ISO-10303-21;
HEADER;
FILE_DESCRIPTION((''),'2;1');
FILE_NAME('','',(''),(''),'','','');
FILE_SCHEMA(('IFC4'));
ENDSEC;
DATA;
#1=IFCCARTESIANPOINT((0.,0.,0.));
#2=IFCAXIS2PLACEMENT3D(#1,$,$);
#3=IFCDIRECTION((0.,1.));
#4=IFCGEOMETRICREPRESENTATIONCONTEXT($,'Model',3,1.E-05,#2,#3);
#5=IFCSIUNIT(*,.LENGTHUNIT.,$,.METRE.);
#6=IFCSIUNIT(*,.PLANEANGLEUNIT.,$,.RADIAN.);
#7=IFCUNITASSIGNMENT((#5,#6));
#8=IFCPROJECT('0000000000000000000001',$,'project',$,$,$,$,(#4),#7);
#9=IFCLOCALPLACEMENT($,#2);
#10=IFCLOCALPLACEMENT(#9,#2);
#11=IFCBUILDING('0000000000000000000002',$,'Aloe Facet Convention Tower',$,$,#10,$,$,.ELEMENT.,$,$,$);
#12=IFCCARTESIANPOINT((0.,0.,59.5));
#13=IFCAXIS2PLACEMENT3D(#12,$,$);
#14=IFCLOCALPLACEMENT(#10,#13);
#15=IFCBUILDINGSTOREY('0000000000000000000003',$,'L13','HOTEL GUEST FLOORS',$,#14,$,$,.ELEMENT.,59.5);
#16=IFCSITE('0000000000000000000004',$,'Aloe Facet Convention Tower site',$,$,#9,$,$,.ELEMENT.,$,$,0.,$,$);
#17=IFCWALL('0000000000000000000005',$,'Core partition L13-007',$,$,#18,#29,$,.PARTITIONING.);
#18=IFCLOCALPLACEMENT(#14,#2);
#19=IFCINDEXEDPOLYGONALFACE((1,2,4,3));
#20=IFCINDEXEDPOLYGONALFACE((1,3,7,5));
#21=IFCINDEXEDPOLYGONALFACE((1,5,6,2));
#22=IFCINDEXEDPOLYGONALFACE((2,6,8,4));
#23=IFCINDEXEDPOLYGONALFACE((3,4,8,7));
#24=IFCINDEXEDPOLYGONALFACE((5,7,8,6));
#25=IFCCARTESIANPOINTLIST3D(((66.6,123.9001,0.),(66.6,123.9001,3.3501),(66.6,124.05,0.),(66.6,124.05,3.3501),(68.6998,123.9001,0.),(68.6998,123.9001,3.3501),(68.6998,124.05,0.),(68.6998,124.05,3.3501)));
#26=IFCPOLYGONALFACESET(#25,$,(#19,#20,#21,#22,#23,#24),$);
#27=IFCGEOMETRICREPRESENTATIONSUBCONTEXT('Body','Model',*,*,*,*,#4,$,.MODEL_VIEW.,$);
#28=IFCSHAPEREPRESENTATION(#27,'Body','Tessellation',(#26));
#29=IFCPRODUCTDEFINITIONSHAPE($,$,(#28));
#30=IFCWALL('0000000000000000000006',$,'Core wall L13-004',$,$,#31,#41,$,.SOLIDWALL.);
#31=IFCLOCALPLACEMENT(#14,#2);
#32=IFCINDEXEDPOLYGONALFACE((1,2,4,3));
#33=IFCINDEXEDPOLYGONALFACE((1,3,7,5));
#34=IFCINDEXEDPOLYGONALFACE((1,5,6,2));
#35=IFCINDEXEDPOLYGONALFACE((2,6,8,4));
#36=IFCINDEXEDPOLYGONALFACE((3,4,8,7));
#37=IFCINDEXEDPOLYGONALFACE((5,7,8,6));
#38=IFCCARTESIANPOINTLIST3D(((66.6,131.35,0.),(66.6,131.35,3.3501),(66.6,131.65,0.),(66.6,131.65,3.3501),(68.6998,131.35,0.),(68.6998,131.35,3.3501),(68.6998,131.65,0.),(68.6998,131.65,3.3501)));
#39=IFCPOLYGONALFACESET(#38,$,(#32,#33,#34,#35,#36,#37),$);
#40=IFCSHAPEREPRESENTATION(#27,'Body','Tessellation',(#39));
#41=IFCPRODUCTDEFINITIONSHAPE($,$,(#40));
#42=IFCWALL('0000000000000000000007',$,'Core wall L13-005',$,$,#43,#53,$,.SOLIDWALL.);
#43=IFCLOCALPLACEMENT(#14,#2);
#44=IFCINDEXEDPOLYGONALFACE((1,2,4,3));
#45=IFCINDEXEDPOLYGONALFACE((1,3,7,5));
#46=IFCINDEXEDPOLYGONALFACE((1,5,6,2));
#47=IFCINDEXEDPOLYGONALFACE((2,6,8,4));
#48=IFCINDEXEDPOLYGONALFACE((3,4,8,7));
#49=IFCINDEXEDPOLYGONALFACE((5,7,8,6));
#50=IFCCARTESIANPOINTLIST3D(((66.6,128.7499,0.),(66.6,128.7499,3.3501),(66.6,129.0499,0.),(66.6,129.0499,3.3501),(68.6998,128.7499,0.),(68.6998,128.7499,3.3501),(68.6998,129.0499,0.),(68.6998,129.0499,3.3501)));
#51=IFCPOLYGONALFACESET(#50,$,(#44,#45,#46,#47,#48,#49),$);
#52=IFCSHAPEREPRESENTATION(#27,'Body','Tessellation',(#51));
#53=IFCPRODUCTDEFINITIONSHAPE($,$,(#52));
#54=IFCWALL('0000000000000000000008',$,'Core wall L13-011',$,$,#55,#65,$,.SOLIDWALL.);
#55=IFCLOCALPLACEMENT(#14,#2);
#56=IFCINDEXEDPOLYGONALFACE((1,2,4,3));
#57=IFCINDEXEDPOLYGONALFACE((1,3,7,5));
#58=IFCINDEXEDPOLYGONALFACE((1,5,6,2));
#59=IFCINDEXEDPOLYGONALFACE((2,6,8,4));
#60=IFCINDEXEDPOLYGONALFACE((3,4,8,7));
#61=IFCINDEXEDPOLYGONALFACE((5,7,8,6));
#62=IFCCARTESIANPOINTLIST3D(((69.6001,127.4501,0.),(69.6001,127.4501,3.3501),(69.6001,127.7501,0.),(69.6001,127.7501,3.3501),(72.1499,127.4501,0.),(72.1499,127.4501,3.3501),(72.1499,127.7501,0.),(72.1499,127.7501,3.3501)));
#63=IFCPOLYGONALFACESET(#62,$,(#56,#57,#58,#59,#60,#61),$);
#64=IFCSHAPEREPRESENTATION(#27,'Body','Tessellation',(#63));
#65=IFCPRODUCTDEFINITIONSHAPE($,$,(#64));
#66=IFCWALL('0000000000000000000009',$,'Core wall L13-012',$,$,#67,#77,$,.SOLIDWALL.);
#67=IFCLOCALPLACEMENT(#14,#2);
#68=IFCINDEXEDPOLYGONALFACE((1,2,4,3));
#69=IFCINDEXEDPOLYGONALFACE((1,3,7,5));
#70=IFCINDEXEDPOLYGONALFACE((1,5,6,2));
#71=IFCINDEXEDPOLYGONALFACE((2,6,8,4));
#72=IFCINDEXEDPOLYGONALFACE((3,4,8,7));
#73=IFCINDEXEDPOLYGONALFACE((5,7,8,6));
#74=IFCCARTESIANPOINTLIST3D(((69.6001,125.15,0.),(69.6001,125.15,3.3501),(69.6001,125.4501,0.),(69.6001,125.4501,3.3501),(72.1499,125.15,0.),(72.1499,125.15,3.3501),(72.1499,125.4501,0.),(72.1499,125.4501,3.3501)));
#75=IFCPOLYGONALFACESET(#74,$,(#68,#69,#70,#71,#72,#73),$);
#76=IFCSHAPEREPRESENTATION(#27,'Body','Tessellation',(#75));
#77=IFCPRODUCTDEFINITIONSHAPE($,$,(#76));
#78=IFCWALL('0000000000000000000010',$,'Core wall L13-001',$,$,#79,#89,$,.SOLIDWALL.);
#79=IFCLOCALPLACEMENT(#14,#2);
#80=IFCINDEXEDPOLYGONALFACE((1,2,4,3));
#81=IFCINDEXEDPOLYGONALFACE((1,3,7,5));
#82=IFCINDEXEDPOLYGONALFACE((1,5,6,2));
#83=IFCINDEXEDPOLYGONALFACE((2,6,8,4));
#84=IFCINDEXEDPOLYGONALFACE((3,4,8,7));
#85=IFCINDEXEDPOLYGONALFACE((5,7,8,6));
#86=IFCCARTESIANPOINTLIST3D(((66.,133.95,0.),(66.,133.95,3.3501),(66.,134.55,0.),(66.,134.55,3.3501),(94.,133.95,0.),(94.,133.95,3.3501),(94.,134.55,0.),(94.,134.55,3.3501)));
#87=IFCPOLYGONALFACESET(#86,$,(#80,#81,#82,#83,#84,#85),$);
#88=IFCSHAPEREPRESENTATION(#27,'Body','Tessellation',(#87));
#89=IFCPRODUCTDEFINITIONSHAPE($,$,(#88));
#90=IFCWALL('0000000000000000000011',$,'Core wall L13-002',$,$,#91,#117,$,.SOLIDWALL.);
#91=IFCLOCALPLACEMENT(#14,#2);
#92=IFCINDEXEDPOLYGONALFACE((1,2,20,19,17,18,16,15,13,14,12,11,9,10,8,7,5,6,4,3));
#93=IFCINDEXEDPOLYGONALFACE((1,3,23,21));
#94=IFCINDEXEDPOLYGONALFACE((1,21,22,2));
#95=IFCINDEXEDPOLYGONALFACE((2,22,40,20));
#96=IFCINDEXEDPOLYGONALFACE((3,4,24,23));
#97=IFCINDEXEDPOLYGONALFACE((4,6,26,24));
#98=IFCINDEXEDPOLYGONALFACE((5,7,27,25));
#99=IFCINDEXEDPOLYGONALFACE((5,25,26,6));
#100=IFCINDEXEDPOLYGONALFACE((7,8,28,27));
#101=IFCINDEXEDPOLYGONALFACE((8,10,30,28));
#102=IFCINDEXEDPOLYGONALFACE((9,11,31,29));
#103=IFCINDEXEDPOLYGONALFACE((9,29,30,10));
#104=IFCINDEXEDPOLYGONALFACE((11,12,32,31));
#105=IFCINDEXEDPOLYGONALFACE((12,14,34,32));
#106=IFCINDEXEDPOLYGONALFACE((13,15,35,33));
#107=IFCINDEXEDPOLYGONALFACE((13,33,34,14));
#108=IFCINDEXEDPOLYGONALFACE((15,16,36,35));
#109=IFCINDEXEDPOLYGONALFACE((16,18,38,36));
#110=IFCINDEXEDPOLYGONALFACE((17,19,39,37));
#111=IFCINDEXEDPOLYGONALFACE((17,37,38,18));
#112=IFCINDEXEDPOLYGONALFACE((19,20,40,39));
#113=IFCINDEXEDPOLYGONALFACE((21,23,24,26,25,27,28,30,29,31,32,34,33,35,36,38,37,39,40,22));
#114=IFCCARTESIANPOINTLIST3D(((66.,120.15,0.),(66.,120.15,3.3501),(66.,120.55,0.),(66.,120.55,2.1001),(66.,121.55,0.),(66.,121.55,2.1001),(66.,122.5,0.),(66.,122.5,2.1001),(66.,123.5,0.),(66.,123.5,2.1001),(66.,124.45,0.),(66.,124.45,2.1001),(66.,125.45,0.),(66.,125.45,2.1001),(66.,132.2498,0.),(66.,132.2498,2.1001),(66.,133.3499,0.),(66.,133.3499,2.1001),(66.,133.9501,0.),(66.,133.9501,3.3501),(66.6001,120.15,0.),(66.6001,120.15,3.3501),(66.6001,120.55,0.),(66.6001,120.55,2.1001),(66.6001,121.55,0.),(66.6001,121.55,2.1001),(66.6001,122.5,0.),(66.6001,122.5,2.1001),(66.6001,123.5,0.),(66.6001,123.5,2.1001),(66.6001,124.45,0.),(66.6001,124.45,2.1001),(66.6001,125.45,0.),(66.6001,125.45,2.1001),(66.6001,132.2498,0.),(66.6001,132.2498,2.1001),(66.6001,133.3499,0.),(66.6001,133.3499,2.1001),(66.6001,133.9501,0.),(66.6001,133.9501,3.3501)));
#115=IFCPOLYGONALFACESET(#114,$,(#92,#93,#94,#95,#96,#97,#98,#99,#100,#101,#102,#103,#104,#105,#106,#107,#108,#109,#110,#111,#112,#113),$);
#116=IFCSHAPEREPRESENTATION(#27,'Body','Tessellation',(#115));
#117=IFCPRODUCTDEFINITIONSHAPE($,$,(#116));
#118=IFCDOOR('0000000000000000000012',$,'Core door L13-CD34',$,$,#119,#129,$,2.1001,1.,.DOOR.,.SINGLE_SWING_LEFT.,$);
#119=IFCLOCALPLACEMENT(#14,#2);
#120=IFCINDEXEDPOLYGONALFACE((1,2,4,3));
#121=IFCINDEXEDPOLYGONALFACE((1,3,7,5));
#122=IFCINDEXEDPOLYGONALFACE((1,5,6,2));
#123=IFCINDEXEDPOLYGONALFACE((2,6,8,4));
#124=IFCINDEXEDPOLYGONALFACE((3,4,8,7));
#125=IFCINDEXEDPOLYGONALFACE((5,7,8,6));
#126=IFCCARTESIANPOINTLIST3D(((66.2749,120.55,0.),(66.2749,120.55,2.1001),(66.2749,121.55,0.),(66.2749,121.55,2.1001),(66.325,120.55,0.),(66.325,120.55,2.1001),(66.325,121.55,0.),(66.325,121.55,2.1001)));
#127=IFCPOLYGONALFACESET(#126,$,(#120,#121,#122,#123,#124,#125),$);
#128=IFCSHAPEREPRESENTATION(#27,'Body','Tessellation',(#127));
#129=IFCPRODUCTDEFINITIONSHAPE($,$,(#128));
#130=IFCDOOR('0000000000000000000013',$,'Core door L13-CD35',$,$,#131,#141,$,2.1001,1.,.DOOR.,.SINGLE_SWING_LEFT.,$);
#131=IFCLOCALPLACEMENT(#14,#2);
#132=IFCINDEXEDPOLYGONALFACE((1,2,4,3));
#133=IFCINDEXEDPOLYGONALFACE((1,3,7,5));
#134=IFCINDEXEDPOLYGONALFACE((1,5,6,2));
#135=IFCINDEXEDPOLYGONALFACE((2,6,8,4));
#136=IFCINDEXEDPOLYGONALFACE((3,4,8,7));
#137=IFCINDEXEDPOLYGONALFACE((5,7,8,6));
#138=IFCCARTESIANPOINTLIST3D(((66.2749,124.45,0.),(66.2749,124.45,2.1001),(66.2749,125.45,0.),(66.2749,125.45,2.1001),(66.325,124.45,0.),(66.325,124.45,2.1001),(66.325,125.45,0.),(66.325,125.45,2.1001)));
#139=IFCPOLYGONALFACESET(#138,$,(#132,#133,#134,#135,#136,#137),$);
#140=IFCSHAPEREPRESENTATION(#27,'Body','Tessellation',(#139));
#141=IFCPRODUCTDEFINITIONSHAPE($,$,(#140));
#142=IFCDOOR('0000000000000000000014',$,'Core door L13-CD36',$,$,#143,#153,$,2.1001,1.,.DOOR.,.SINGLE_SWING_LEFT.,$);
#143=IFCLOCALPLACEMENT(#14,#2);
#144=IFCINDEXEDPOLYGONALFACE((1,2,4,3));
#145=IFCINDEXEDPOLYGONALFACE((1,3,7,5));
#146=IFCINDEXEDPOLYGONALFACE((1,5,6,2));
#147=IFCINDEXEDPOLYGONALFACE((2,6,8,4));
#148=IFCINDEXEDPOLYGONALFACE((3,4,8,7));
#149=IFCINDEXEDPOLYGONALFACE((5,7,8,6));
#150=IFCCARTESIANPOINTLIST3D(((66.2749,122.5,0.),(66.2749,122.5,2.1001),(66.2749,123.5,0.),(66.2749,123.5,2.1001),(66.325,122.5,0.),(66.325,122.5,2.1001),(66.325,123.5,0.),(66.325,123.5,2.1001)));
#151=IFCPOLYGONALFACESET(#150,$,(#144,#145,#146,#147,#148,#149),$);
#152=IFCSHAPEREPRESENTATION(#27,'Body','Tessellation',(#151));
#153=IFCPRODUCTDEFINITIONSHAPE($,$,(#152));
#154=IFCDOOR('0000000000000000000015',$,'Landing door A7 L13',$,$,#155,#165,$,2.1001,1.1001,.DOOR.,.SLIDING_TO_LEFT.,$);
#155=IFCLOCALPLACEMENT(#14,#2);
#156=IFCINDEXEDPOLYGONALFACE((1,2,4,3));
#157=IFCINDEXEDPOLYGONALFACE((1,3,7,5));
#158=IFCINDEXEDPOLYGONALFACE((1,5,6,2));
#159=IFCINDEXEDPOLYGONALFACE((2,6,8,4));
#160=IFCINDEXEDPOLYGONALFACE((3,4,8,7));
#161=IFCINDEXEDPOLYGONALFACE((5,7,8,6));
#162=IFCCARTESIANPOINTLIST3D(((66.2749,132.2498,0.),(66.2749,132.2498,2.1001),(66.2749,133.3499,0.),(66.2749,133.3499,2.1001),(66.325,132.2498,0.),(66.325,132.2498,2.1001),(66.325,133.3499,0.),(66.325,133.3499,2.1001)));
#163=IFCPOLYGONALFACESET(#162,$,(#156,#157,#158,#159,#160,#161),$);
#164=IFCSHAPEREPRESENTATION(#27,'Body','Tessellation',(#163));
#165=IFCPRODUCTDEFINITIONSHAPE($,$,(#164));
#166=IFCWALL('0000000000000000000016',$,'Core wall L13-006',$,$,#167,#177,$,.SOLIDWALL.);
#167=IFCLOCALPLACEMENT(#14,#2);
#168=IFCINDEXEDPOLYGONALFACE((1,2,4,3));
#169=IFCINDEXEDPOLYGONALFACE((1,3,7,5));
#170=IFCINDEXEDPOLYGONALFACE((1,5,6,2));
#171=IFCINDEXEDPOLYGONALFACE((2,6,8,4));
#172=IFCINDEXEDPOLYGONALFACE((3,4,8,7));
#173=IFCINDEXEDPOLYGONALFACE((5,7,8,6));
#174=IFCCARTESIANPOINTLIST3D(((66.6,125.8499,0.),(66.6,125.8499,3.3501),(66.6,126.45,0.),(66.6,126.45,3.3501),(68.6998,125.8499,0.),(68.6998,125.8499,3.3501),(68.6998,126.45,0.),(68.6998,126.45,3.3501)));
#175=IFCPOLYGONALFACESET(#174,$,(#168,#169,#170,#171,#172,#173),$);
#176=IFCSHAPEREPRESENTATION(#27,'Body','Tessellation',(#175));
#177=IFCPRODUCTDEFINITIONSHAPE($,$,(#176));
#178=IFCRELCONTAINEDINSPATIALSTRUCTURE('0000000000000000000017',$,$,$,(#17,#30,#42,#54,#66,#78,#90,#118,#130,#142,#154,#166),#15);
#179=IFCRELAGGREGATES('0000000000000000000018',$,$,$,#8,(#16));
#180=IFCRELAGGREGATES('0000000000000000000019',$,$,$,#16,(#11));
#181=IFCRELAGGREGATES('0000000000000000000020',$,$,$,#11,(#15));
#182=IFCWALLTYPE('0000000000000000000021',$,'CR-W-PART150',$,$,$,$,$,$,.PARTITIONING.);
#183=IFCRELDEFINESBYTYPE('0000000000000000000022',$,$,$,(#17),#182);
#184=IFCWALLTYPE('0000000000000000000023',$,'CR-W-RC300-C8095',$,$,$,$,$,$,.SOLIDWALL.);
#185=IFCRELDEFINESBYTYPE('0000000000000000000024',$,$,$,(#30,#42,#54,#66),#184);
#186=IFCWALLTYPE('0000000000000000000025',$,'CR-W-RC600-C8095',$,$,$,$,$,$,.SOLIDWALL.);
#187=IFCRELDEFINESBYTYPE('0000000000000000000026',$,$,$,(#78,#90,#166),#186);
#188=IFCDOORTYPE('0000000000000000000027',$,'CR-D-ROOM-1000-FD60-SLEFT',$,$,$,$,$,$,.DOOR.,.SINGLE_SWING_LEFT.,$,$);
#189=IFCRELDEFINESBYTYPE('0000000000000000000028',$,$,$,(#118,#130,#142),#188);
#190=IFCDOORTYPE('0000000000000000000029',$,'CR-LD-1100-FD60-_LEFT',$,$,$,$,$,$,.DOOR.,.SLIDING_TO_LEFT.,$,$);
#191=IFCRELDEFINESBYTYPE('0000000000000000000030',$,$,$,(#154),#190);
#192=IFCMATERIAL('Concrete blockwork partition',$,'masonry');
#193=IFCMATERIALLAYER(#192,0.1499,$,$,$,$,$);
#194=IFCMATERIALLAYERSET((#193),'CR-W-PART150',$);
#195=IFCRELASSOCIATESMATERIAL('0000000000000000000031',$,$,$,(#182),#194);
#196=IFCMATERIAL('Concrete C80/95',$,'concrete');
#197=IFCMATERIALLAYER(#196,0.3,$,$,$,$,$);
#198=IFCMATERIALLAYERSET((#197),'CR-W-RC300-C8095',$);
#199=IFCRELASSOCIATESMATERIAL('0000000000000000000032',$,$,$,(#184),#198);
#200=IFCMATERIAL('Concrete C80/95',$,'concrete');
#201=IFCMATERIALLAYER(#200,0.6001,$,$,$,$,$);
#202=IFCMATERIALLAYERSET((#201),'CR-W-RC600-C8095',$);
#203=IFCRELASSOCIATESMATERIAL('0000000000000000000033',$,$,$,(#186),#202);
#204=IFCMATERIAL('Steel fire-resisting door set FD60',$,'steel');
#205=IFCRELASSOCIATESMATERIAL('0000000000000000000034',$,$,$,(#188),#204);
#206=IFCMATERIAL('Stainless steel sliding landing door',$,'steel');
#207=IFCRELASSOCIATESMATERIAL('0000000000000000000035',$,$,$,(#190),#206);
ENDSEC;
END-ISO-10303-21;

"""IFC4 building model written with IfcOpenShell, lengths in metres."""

from ifc_helpers import new_model, si_unit, direction, frame, frame_2d, origin, place, context, subcontext, project, spatial, rectangle, extrude, material, layer, layer_set, type_object, element, fill, save


model = new_model("IFC4")

# Units and contexts
model_context = context("Model", 3, precision=1e-05, world=origin(), true_north=direction((0.0, 1.0)))
body_context = subcontext(model_context, "Body", "Model", "MODEL_VIEW")
ifc_project = project(units=[si_unit("LENGTHUNIT", "METRE"), si_unit("PLANEANGLEUNIT", "RADIAN")], contexts=[model_context])

# Site, building, storey
site_placement = place(None, origin())
site = spatial("IfcSite", under=ifc_project, at=site_placement, Name="Aloe Facet Convention Tower site", CompositionType="ELEMENT", RefElevation=0.0)
building_placement = place(site_placement, origin())
building = spatial("IfcBuilding", under=site, at=building_placement, Name="Aloe Facet Convention Tower", CompositionType="ELEMENT")
storey_placement = place(building_placement, frame((0.0, 0.0, 59.5)))
storey = spatial("IfcBuildingStorey", under=building, at=storey_placement, Name="L13", Description="HOTEL GUEST FLOORS", CompositionType="ELEMENT", Elevation=59.5)

# Walls
ifc_material_1 = material(Name="Concrete blockwork partition", Category="masonry")
ifc_layer_1 = layer(ifc_material_1, 0.1499)
ifc_layer_set_1 = layer_set([ifc_layer_1], Name="CR-W-PART150")
wall_type_1 = type_object("IfcWallType", Name="CR-W-PART150", PredefinedType="PARTITIONING", material=ifc_layer_set_1)
wall_1_placement = place(storey_placement, frame((66.6001, 123.9751, 0.0), z_axis=(0.0, 0.0, 1.0), x_axis=(1.0, 0.0, 0.0)))
element("IfcWall", 1, at=wall_1_placement, inside=storey, type_object=wall_type_1, Name="Core partition L13-007", PredefinedType="PARTITIONING", context=body_context, shape_type="SweptSolid", body=[
    extrude(rectangle(XDim=2.0999, YDim=0.1499, at=frame_2d((1.0498, 0.0))), origin(), (0.0, 0.0, 1.0), 3.3501),
])
ifc_material_2 = material(Name="Concrete C80/95", Category="concrete")
ifc_layer_2 = layer(ifc_material_2, 0.3)
ifc_layer_set_2 = layer_set([ifc_layer_2], Name="CR-W-RC300-C8095")
wall_type_2 = type_object("IfcWallType", Name="CR-W-RC300-C8095", PredefinedType="SOLIDWALL", material=ifc_layer_set_2)
for number, where, z_axis, x_axis, name in (
    (2, (66.6001, 131.5, 0.0), (0.0, 0.0, 1.0), (1.0, 0.0, 0.0), "Core wall L13-004"),
    (3, (66.6001, 128.8999, 0.0), (0.0, 0.0, 1.0), (1.0, 0.0, 0.0), "Core wall L13-005"),
):
    element("IfcWall", number, at=place(storey_placement, frame(where, z_axis=z_axis, x_axis=x_axis)), inside=storey, type_object=wall_type_2, Name=name, PredefinedType="SOLIDWALL", context=body_context, shape_type="SweptSolid", body=[
        extrude(rectangle(XDim=2.0999, YDim=0.3, at=frame_2d((1.0498, 0.0))), origin(), (0.0, 0.0, 1.0), 3.3501),
    ])
for number, where, z_axis, x_axis, name in (
    (4, (69.6001, 127.6001, 0.0), (0.0, 0.0, 1.0), (1.0, 0.0, 0.0), "Core wall L13-011"),
    (5, (69.6001, 125.3, 0.0), (0.0, 0.0, 1.0), (1.0, 0.0, 0.0), "Core wall L13-012"),
):
    element("IfcWall", number, at=place(storey_placement, frame(where, z_axis=z_axis, x_axis=x_axis)), inside=storey, type_object=wall_type_2, Name=name, PredefinedType="SOLIDWALL", context=body_context, shape_type="SweptSolid", body=[
        extrude(rectangle(XDim=2.5498, YDim=0.3, at=frame_2d((1.2749, 0.0))), origin(), (0.0, 0.0, 1.0), 3.3501),
    ])
ifc_material_3 = material(Name="Concrete C80/95", Category="concrete")
ifc_layer_3 = layer(ifc_material_3, 0.6001)
ifc_layer_set_3 = layer_set([ifc_layer_3], Name="CR-W-RC600-C8095")
wall_type_3 = type_object("IfcWallType", Name="CR-W-RC600-C8095", PredefinedType="SOLIDWALL", material=ifc_layer_set_3)
wall_2_placement = place(storey_placement, frame((66.0, 134.25, 0.0), z_axis=(0.0, 0.0, 1.0), x_axis=(1.0, 0.0, 0.0)))
element("IfcWall", 6, at=wall_2_placement, inside=storey, type_object=wall_type_3, Name="Core wall L13-001", PredefinedType="SOLIDWALL", context=body_context, shape_type="SweptSolid", body=[
    extrude(rectangle(XDim=28.0, YDim=0.6001, at=frame_2d((14.0, 0.0))), origin(), (0.0, 0.0, 1.0), 3.3501),
])

# Wall, openings, doors
wall_3_placement = place(storey_placement, frame((66.3, 133.95, 0.0), z_axis=(0.0, 0.0, 1.0), x_axis=(0.0, -1.0, 0.0)))
wall_3 = element("IfcWall", 7, at=wall_3_placement, inside=storey, type_object=wall_type_3, Name="Core wall L13-002", PredefinedType="SOLIDWALL", context=body_context, shape_type="SweptSolid", body=[
    extrude(rectangle(XDim=13.8, YDim=0.6001, at=frame_2d((6.8999, 0.0))), origin(), (0.0, 0.0, 1.0), 3.3501),
])
opening_1_placement = place(wall_3_placement, frame((0.6001, 0.0, 0.0)))
opening_1 = element("IfcOpeningElement", 8, at=opening_1_placement, cuts=wall_3, PredefinedType="OPENING", context=body_context, shape_type="SweptSolid", body=[
    extrude(rectangle(XDim=1.1001, YDim=2.1001, at=frame_2d((0.55, 1.05))), frame((0.0, 0.3101, 0.0), z_axis=(0.0, -1.0, 0.0), x_axis=(1.0, 0.0, 0.0)), (0.0, 0.0, 1.0), 0.6201),
])
opening_2_placement = place(wall_3_placement, frame((12.3999, 0.0, 0.0)))
opening_2 = element("IfcOpeningElement", 9, at=opening_2_placement, cuts=wall_3, PredefinedType="OPENING", context=body_context, shape_type="SweptSolid", body=[
    extrude(rectangle(XDim=1.0, YDim=2.1001, at=frame_2d((0.5, 1.05))), frame((0.0, 0.3101, 0.0), z_axis=(0.0, -1.0, 0.0), x_axis=(1.0, 0.0, 0.0)), (0.0, 0.0, 1.0), 0.6201),
])
opening_3_placement = place(wall_3_placement, frame((8.5, 0.0, 0.0)))
opening_3 = element("IfcOpeningElement", 10, at=opening_3_placement, cuts=wall_3, PredefinedType="OPENING", context=body_context, shape_type="SweptSolid", body=[
    extrude(rectangle(XDim=1.0, YDim=2.1001, at=frame_2d((0.5, 1.05))), frame((0.0, 0.3101, 0.0), z_axis=(0.0, -1.0, 0.0), x_axis=(1.0, 0.0, 0.0)), (0.0, 0.0, 1.0), 0.6201),
])
opening_4_placement = place(wall_3_placement, frame((10.45, 0.0, 0.0)))
opening_4 = element("IfcOpeningElement", 11, at=opening_4_placement, cuts=wall_3, PredefinedType="OPENING", context=body_context, shape_type="SweptSolid", body=[
    extrude(rectangle(XDim=1.0, YDim=2.1001, at=frame_2d((0.5, 1.05))), frame((0.0, 0.3101, 0.0), z_axis=(0.0, -1.0, 0.0), x_axis=(1.0, 0.0, 0.0)), (0.0, 0.0, 1.0), 0.6201),
])
ifc_material_4 = material(Name="Steel fire-resisting door set FD60", Category="steel")
door_type_1 = type_object("IfcDoorType", Name="CR-D-ROOM-1000-FD60-SLEFT", OperationType="SINGLE_SWING_LEFT", PredefinedType="DOOR", material=ifc_material_4)
door_1_placement = place(opening_2_placement, origin())
door_1 = element("IfcDoor", 12, at=door_1_placement, inside=storey, type_object=door_type_1, Name="Core door L13-CD34", OperationType="SINGLE_SWING_LEFT", OverallHeight=2.1001, OverallWidth=1.0, PredefinedType="DOOR", context=body_context, shape_type="SweptSolid", body=[
    extrude(rectangle(XDim=1.0, YDim=2.1001, at=frame_2d((0.5, 1.05))), frame((0.0, 0.0249, 0.0), z_axis=(0.0, -1.0, 0.0), x_axis=(1.0, 0.0, 0.0)), (0.0, 0.0, 1.0), 0.05),
])
fill(opening_2, door_1)
door_2_placement = place(opening_3_placement, origin())
door_2 = element("IfcDoor", 13, at=door_2_placement, inside=storey, type_object=door_type_1, Name="Core door L13-CD35", OperationType="SINGLE_SWING_LEFT", OverallHeight=2.1001, OverallWidth=1.0, PredefinedType="DOOR", context=body_context, shape_type="SweptSolid", body=[
    extrude(rectangle(XDim=1.0, YDim=2.1001, at=frame_2d((0.5, 1.05))), frame((0.0, 0.0249, 0.0), z_axis=(0.0, -1.0, 0.0), x_axis=(1.0, 0.0, 0.0)), (0.0, 0.0, 1.0), 0.05),
])
fill(opening_3, door_2)
door_3_placement = place(opening_4_placement, origin())
door_3 = element("IfcDoor", 14, at=door_3_placement, inside=storey, type_object=door_type_1, Name="Core door L13-CD36", OperationType="SINGLE_SWING_LEFT", OverallHeight=2.1001, OverallWidth=1.0, PredefinedType="DOOR", context=body_context, shape_type="SweptSolid", body=[
    extrude(rectangle(XDim=1.0, YDim=2.1001, at=frame_2d((0.5, 1.05))), frame((0.0, 0.0249, 0.0), z_axis=(0.0, -1.0, 0.0), x_axis=(1.0, 0.0, 0.0)), (0.0, 0.0, 1.0), 0.05),
])
fill(opening_4, door_3)
ifc_material_5 = material(Name="Stainless steel sliding landing door", Category="steel")
door_type_2 = type_object("IfcDoorType", Name="CR-LD-1100-FD60-_LEFT", OperationType="SLIDING_TO_LEFT", PredefinedType="DOOR", material=ifc_material_5)
door_4_placement = place(opening_1_placement, origin())
door_4 = element("IfcDoor", 15, at=door_4_placement, inside=storey, type_object=door_type_2, Name="Landing door A7 L13", OperationType="SLIDING_TO_LEFT", OverallHeight=2.1001, OverallWidth=1.1001, PredefinedType="DOOR", context=body_context, shape_type="SweptSolid", body=[
    extrude(rectangle(XDim=1.1001, YDim=2.1001, at=frame_2d((0.55, 1.05))), frame((0.0, 0.0249, 0.0), z_axis=(0.0, -1.0, 0.0), x_axis=(1.0, 0.0, 0.0)), (0.0, 0.0, 1.0), 0.05),
])
fill(opening_1, door_4)

# Wall
wall_4_placement = place(storey_placement, frame((66.6001, 126.1499, 0.0), z_axis=(0.0, 0.0, 1.0), x_axis=(1.0, 0.0, 0.0)))
element("IfcWall", 16, at=wall_4_placement, inside=storey, type_object=wall_type_3, Name="Core wall L13-006", PredefinedType="SOLIDWALL", context=body_context, shape_type="SweptSolid", body=[
    extrude(rectangle(XDim=2.0999, YDim=0.6001, at=frame_2d((1.0498, 0.0))), origin(), (0.0, 0.0, 1.0), 3.3501),
])

save(model, "model.ifc")
